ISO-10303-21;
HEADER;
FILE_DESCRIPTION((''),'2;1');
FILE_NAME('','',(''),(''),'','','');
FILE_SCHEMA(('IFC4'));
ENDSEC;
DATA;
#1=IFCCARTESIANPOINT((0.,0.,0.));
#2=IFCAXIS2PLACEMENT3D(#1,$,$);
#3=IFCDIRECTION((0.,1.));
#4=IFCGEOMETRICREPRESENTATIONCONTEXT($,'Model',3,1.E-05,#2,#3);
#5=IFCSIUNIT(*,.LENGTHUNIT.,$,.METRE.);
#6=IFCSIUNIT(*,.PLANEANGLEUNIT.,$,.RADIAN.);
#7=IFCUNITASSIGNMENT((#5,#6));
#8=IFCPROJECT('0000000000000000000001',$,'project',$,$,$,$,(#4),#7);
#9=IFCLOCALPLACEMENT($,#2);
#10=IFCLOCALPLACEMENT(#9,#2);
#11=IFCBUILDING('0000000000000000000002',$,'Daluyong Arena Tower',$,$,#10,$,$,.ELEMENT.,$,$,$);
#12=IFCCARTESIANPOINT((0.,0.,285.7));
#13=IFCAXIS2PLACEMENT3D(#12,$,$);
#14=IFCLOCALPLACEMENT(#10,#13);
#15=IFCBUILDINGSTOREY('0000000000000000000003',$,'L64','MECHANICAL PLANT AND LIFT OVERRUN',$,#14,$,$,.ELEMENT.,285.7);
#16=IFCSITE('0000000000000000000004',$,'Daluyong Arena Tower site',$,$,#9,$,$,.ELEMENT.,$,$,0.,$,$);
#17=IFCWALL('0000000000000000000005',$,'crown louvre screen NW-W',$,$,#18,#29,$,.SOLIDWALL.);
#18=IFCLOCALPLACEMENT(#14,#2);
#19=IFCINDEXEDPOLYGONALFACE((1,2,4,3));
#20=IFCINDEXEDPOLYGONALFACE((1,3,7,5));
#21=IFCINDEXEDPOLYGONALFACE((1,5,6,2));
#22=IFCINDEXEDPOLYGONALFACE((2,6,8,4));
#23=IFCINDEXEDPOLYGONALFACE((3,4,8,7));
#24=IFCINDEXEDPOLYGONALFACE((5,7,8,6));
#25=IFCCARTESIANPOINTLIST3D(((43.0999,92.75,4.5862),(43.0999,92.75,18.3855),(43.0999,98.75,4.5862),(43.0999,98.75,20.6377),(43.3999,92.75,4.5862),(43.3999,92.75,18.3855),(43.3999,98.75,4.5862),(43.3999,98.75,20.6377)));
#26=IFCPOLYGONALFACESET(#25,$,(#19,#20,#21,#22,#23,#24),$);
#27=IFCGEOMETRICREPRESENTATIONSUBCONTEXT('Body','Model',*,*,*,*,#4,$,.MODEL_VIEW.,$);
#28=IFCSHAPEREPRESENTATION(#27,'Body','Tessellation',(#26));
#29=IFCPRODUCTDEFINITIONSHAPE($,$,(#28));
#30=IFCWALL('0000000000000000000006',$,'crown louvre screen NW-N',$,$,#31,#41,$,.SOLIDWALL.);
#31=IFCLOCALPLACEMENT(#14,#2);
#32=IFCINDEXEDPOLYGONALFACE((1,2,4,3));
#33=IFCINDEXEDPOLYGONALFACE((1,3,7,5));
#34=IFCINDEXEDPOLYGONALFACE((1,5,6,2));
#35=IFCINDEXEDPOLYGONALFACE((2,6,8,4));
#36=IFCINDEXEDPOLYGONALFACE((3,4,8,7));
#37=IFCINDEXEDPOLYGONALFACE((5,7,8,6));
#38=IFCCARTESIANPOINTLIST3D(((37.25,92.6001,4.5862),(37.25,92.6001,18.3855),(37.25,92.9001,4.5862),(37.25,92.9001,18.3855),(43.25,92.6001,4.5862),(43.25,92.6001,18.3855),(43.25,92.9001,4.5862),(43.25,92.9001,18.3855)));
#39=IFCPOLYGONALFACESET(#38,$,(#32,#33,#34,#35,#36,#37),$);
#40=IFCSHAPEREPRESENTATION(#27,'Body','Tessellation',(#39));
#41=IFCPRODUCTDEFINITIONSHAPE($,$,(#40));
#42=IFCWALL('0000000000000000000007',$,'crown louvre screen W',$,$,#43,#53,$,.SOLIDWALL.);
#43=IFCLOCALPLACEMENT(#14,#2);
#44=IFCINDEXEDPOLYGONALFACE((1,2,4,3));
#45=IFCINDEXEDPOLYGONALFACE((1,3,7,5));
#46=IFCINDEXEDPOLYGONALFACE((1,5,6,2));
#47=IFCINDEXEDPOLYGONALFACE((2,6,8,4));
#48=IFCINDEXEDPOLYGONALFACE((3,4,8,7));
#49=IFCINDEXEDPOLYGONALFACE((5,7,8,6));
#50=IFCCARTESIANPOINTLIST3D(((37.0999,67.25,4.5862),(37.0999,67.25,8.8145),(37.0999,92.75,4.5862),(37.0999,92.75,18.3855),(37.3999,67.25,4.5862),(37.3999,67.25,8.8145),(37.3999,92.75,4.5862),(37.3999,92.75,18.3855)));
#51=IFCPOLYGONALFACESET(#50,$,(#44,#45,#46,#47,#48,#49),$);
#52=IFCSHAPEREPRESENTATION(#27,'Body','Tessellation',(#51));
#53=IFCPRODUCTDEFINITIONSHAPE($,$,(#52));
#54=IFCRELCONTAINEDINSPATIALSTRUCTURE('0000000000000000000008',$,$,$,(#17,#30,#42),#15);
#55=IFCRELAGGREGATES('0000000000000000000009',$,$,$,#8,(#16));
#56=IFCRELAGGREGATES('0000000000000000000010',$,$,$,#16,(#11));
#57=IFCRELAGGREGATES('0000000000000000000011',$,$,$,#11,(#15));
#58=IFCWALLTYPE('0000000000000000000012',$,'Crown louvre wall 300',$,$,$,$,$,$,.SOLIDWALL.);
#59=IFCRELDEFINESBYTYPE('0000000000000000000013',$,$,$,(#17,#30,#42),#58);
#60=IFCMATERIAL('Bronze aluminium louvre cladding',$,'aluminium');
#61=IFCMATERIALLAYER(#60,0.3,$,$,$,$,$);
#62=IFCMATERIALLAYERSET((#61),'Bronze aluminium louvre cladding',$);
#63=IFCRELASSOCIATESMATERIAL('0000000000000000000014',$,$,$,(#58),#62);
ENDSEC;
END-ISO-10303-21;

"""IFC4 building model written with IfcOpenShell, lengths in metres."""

from ifc_helpers import new_model, si_unit, direction, frame, origin, place, context, subcontext, project, spatial, polyline, outline, extrude, material, layer, layer_set, type_object, element, save


model = new_model("IFC4")

# Units and contexts
model_context = context("Model", 3, precision=1e-05, world=origin(), true_north=direction((0.0, 1.0)))
body_context = subcontext(model_context, "Body", "Model", "MODEL_VIEW")
ifc_project = project(units=[si_unit("LENGTHUNIT", "METRE"), si_unit("PLANEANGLEUNIT", "RADIAN")], contexts=[model_context])

# Site, building, storey
site_placement = place(None, origin())
site = spatial("IfcSite", under=ifc_project, at=site_placement, Name="Daluyong Arena Tower site", CompositionType="ELEMENT", RefElevation=0.0)
building_placement = place(site_placement, origin())
building = spatial("IfcBuilding", under=site, at=building_placement, Name="Daluyong Arena Tower", CompositionType="ELEMENT")
storey_placement = place(building_placement, frame((0.0, 0.0, 285.7)))
storey = spatial("IfcBuildingStorey", under=building, at=storey_placement, Name="L64", Description="MECHANICAL PLANT AND LIFT OVERRUN", CompositionType="ELEMENT", Elevation=285.7)

# Walls
ifc_material_1 = material(Name="Bronze aluminium louvre cladding", Category="aluminium")
ifc_layer = layer(ifc_material_1, 0.3)
ifc_layer_set = layer_set([ifc_layer], Name="Bronze aluminium louvre cladding")
wall_type = type_object("IfcWallType", Name="Crown louvre wall 300", PredefinedType="SOLIDWALL", material=ifc_layer_set)
wall_1_placement = place(storey_placement, frame((43.25, 98.75, 4.5862), z_axis=(0.0, 0.0, 1.0), x_axis=(0.0, -1.0, 0.0)))
element("IfcWall", 1, at=wall_1_placement, inside=storey, type_object=wall_type, Name="crown louvre screen NW-W", PredefinedType="SOLIDWALL", context=body_context, shape_type="SweptSolid", body=[
    extrude(outline(polyline([(0.0, 0.0), (6.0, 0.0), (6.0, 13.7993), (0.0, 16.0515), (0.0, 0.0)])), frame((0.0, 0.1499, 0.0), z_axis=(0.0, -1.0, 0.0), x_axis=(1.0, 0.0, 0.0)), (0.0, 0.0, 1.0), 0.3),
])
wall_2_placement = place(storey_placement, frame((43.25, 92.75, 4.5862), z_axis=(0.0, 0.0, 1.0), x_axis=(-1.0, 0.0, 0.0)))
element("IfcWall", 2, at=wall_2_placement, inside=storey, type_object=wall_type, Name="crown louvre screen NW-N", PredefinedType="SOLIDWALL", context=body_context, shape_type="SweptSolid", body=[
    extrude(outline(polyline([(0.0, 0.0), (6.0, 0.0), (6.0, 13.7993), (0.0, 13.7993), (0.0, 0.0)])), frame((0.0, 0.1499, 0.0), z_axis=(0.0, -1.0, 0.0), x_axis=(1.0, 0.0, 0.0)), (0.0, 0.0, 1.0), 0.3),
])
wall_3_placement = place(storey_placement, frame((37.25, 92.75, 4.5862), z_axis=(0.0, 0.0, 1.0), x_axis=(0.0, -1.0, 0.0)))
element("IfcWall", 3, at=wall_3_placement, inside=storey, type_object=wall_type, Name="crown louvre screen W", PredefinedType="SOLIDWALL", context=body_context, shape_type="SweptSolid", body=[
    extrude(outline(polyline([(0.0, 0.0), (25.5, 0.0), (25.5, 4.2283), (0.0, 13.7993), (0.0, 0.0)])), frame((0.0, 0.1499, 0.0), z_axis=(0.0, -1.0, 0.0), x_axis=(1.0, 0.0, 0.0)), (0.0, 0.0, 1.0), 0.3),
])

save(model, "model.ifc")
